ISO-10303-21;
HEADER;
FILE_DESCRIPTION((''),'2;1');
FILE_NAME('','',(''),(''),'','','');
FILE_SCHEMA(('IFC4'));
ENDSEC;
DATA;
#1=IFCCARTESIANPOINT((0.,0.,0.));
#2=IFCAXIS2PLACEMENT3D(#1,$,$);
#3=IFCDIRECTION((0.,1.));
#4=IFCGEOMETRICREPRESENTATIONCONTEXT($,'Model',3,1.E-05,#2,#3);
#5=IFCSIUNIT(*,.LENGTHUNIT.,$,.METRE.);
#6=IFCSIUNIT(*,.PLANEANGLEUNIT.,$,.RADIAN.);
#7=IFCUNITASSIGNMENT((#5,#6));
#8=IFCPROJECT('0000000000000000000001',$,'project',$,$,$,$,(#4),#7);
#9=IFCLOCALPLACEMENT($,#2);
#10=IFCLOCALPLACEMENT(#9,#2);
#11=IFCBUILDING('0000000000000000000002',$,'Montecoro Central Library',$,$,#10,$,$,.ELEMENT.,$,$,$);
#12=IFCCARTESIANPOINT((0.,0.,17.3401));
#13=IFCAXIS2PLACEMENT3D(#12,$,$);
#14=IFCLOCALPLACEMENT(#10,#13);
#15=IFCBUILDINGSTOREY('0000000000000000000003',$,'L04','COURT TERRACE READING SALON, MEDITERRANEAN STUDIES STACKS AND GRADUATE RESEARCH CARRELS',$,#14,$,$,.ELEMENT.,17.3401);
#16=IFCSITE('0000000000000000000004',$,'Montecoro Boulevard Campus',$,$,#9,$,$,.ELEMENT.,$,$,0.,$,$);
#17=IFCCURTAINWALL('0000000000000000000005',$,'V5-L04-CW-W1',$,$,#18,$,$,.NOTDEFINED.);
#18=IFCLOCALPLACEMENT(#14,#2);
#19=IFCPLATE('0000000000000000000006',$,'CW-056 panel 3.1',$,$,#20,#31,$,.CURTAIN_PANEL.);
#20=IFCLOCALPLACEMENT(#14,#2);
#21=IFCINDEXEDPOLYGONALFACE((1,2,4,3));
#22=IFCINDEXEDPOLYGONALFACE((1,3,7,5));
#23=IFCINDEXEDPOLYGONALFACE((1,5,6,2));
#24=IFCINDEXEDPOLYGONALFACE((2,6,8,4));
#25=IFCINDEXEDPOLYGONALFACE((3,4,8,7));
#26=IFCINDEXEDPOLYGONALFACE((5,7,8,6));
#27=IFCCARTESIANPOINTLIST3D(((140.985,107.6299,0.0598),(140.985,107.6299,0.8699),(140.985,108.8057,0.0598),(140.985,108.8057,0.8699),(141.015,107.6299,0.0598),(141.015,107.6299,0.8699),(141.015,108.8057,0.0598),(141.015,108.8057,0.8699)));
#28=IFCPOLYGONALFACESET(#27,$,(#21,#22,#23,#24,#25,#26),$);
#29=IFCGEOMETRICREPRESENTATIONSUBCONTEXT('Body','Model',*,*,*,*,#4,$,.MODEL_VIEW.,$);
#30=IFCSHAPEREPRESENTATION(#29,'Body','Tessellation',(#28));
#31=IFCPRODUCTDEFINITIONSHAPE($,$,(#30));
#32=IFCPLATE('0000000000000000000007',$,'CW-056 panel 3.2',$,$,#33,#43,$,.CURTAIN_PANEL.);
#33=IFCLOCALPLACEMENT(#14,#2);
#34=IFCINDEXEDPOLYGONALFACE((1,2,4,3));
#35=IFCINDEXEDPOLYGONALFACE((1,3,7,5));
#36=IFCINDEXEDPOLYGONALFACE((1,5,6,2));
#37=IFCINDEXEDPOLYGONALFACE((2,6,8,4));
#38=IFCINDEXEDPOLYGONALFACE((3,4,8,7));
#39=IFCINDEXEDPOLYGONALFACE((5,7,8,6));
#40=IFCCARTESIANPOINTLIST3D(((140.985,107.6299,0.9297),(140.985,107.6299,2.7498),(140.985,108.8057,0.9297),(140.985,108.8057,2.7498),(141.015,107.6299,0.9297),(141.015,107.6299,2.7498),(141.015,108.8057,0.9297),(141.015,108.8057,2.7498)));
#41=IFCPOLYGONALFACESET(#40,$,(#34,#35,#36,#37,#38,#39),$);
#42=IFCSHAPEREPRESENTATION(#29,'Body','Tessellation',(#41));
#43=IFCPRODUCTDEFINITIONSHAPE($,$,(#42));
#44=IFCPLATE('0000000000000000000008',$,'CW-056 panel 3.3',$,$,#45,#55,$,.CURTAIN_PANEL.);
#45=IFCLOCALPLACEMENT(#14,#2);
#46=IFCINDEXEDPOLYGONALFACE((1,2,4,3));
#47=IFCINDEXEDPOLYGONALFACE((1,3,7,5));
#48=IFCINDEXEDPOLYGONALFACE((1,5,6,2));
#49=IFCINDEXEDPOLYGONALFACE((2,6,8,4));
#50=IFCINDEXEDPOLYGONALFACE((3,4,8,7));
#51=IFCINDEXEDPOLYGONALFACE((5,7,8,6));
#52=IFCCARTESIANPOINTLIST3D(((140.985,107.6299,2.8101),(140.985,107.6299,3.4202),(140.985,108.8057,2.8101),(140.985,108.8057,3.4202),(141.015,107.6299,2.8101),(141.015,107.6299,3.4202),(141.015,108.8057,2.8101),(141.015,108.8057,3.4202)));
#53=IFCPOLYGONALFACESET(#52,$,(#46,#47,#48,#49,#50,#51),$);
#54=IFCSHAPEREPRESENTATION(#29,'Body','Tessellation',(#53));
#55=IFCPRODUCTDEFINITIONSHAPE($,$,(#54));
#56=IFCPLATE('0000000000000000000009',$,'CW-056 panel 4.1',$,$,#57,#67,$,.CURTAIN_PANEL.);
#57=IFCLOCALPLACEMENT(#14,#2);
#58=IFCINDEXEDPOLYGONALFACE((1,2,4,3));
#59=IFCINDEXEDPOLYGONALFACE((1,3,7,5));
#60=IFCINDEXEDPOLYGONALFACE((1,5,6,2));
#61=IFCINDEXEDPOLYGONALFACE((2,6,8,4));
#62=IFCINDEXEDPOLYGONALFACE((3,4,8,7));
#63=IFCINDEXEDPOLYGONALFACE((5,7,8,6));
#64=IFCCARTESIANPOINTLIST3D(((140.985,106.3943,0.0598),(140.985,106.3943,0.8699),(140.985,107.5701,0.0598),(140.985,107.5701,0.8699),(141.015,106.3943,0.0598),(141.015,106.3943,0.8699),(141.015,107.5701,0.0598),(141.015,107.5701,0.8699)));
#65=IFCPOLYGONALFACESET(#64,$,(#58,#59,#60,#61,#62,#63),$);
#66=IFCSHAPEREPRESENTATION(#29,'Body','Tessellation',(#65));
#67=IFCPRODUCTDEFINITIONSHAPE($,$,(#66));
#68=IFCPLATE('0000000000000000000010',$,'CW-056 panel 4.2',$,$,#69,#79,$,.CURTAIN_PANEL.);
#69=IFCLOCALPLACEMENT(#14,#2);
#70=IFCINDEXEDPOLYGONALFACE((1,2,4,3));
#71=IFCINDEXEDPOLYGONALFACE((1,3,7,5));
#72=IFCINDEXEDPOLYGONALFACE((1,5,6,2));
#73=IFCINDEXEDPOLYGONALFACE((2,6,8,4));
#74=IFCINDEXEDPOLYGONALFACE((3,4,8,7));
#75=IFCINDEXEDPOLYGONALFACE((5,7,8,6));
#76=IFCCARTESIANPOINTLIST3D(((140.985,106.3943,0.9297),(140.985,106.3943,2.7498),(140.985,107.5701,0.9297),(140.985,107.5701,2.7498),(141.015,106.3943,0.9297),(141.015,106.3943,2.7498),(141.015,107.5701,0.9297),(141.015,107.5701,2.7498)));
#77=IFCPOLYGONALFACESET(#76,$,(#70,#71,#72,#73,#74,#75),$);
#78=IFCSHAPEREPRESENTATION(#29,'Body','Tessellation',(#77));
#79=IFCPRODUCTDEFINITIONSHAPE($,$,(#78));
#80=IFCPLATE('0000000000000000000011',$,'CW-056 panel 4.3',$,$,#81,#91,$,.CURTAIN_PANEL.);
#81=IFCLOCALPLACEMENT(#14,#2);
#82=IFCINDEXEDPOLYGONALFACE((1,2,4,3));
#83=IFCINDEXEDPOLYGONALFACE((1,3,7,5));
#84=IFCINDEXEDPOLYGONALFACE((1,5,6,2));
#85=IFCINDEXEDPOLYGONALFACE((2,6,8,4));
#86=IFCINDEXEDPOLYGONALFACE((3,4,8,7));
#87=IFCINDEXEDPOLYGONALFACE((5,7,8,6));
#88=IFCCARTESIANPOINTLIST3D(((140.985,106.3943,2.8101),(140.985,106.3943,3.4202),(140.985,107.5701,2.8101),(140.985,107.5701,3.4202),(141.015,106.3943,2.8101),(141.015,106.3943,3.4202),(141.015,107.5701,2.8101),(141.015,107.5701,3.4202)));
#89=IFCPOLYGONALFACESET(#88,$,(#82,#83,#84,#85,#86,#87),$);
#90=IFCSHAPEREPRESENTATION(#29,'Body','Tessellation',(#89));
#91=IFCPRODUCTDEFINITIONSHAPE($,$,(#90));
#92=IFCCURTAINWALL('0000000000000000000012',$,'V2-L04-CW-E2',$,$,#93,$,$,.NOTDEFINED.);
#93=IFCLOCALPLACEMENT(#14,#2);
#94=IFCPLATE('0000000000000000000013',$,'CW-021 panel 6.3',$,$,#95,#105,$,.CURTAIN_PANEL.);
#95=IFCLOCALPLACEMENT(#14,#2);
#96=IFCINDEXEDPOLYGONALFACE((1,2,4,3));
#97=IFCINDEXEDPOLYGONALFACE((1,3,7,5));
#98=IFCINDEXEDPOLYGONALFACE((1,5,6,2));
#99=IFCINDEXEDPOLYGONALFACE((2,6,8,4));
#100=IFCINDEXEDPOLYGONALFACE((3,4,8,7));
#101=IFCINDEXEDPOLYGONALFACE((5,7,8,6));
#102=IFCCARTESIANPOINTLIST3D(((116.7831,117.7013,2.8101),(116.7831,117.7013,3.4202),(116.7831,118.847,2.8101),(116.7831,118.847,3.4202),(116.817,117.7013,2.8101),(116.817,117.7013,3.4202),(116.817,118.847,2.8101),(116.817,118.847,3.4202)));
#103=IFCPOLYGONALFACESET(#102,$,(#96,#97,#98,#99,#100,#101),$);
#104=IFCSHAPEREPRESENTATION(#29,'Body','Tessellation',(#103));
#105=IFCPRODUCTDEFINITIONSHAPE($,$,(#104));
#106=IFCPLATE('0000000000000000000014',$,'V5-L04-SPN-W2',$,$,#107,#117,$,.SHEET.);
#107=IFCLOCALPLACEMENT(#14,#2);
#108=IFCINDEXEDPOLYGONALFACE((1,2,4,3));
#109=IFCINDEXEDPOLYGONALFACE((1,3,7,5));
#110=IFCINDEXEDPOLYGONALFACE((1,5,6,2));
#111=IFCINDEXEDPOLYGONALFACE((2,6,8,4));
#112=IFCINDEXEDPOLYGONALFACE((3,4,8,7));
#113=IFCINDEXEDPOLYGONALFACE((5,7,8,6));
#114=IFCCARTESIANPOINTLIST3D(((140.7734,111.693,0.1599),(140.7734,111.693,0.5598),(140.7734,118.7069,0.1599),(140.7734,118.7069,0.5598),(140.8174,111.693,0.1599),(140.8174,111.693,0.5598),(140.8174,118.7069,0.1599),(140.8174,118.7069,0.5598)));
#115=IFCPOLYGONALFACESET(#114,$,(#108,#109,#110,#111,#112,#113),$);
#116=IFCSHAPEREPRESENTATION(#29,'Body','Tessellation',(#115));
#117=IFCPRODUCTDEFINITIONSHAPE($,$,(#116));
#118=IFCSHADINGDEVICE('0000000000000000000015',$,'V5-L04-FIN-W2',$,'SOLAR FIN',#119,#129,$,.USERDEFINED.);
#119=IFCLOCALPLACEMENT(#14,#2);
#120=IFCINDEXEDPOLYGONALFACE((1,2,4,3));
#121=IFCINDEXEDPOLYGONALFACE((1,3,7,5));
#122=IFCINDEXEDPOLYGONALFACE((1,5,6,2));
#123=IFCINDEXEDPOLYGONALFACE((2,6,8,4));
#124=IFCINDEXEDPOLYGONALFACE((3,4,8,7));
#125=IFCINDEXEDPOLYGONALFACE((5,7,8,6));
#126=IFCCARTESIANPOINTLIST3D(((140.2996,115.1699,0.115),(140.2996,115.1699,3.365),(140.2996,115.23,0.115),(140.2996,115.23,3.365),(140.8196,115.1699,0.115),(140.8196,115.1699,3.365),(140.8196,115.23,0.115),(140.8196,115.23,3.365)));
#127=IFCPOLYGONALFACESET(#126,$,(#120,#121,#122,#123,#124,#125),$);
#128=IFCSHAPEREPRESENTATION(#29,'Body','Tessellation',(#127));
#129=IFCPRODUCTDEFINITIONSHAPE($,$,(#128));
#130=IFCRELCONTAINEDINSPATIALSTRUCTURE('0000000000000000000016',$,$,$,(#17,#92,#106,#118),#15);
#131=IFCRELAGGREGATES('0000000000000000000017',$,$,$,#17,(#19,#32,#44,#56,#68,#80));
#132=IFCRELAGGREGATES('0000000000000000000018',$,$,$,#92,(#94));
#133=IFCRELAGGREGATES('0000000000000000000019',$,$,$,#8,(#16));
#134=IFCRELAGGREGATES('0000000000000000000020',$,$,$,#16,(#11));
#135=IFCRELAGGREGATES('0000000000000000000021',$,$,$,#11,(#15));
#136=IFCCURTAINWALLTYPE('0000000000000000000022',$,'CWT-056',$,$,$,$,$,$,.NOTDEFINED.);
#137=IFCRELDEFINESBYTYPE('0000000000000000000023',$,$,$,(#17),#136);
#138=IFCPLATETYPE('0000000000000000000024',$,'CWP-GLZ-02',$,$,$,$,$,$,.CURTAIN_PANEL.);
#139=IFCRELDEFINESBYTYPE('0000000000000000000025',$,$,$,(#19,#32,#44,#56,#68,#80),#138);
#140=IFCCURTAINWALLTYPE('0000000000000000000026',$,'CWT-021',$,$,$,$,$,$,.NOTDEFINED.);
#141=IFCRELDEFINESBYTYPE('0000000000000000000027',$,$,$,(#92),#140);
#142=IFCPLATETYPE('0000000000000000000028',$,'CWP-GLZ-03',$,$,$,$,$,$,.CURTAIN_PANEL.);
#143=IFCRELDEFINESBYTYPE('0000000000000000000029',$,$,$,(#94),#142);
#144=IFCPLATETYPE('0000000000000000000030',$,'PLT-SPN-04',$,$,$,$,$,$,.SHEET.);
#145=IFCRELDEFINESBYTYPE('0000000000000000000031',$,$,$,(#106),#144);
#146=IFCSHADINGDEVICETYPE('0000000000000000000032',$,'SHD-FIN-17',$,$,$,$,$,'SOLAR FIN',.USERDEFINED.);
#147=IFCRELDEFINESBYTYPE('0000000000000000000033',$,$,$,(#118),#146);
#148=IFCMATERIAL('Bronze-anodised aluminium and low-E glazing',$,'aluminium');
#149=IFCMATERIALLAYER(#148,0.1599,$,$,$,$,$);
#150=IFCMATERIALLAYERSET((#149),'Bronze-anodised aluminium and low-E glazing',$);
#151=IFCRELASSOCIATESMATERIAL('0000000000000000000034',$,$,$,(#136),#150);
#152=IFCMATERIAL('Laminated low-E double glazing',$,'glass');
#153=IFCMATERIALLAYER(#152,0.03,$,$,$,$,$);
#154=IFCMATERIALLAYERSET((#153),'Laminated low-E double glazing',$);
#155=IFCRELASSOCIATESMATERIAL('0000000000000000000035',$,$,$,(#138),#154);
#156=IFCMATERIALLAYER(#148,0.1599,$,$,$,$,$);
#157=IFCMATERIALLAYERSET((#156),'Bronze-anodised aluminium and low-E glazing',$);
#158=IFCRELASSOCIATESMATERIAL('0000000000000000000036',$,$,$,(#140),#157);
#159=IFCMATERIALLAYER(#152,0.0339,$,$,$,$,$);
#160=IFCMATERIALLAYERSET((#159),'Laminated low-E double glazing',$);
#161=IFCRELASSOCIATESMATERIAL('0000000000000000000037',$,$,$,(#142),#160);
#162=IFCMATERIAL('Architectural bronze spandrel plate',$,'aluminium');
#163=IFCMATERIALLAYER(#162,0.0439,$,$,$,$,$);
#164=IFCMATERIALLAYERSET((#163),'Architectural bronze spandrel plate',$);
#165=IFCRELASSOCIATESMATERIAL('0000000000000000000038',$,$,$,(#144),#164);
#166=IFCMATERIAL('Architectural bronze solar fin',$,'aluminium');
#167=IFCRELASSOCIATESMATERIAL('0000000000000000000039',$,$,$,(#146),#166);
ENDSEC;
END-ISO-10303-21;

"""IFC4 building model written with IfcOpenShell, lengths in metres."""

from ifc_helpers import new_model, si_unit, direction, frame, origin, origin_2d, place, context, subcontext, project, spatial, rectangle, extrude, material, layer, layer_set, type_object, element, aggregate, save


model = new_model("IFC4")

# Units and contexts
model_context = context("Model", 3, precision=1e-05, world=origin(), true_north=direction((0.0, 1.0)))
body_context = subcontext(model_context, "Body", "Model", "MODEL_VIEW")
ifc_project = project(units=[si_unit("LENGTHUNIT", "METRE"), si_unit("PLANEANGLEUNIT", "RADIAN")], contexts=[model_context])

# Site, building, storey
site_placement = place(None, origin())
site = spatial("IfcSite", under=ifc_project, at=site_placement, Name="Montecoro Boulevard Campus", CompositionType="ELEMENT", RefElevation=0.0)
building_placement = place(site_placement, origin())
building = spatial("IfcBuilding", under=site, at=building_placement, Name="Montecoro Central Library", CompositionType="ELEMENT")
storey_placement = place(building_placement, frame((0.0, 0.0, 17.3401)))
storey = spatial("IfcBuildingStorey", under=building, at=storey_placement, Name="L04", Description="COURT TERRACE READING SALON, MEDITERRANEAN STUDIES STACKS AND GRADUATE RESEARCH CARRELS", CompositionType="ELEMENT", Elevation=17.3401)

# Curtain wall, plates
ifc_material_1 = material(Name="Bronze-anodised aluminium and low-E glazing", Category="aluminium")
ifc_layer_1 = layer(ifc_material_1, 0.1599)
ifc_layer_set_1 = layer_set([ifc_layer_1], Name="Bronze-anodised aluminium and low-E glazing")
curtain_wall_type_1 = type_object("IfcCurtainWallType", Name="CWT-056", PredefinedType="NOTDEFINED", material=ifc_layer_set_1)
curtain_wall_1_placement = place(storey_placement, origin())
curtain_wall_1 = element("IfcCurtainWall", 1, at=curtain_wall_1_placement, inside=storey, type_object=curtain_wall_type_1, Name="V5-L04-CW-W1", PredefinedType="NOTDEFINED")
ifc_material_2 = material(Name="Laminated low-E double glazing", Category="glass")
ifc_layer_2 = layer(ifc_material_2, 0.03)
ifc_layer_set_2 = layer_set([ifc_layer_2], Name="Laminated low-E double glazing")
plate_type_1 = type_object("IfcPlateType", Name="CWP-GLZ-02", PredefinedType="CURTAIN_PANEL", material=ifc_layer_set_2)
plate_1_placement = place(storey_placement, frame((141.0, 108.2178, 0.0598), z_axis=(0.0, 0.0, 1.0), x_axis=(0.0, -1.0, 0.0)))
plate_1 = element("IfcPlate", 2, at=plate_1_placement, type_object=plate_type_1, Name="CW-056 panel 3.1", PredefinedType="CURTAIN_PANEL", context=body_context, shape_type="SweptSolid", body=[
    extrude(rectangle(XDim=1.1758, YDim=0.03, at=origin_2d()), origin(), (0.0, 0.0, 1.0), 0.8101),
])
plate_2_placement = place(storey_placement, frame((141.0, 108.2178, 0.9297), z_axis=(0.0, 0.0, 1.0), x_axis=(0.0, -1.0, 0.0)))
plate_2 = element("IfcPlate", 3, at=plate_2_placement, type_object=plate_type_1, Name="CW-056 panel 3.2", PredefinedType="CURTAIN_PANEL", context=body_context, shape_type="SweptSolid", body=[
    extrude(rectangle(XDim=1.1758, YDim=0.03, at=origin_2d()), origin(), (0.0, 0.0, 1.0), 1.8201),
])
plate_3_placement = place(storey_placement, frame((141.0, 108.2178, 2.8101), z_axis=(0.0, 0.0, 1.0), x_axis=(0.0, -1.0, 0.0)))
plate_3 = element("IfcPlate", 4, at=plate_3_placement, type_object=plate_type_1, Name="CW-056 panel 3.3", PredefinedType="CURTAIN_PANEL", context=body_context, shape_type="SweptSolid", body=[
    extrude(rectangle(XDim=1.1758, YDim=0.03, at=origin_2d()), origin(), (0.0, 0.0, 1.0), 0.6101),
])
plate_4_placement = place(storey_placement, frame((141.0, 106.9822, 0.0598), z_axis=(0.0, 0.0, 1.0), x_axis=(0.0, -1.0, 0.0)))
plate_4 = element("IfcPlate", 5, at=plate_4_placement, type_object=plate_type_1, Name="CW-056 panel 4.1", PredefinedType="CURTAIN_PANEL", context=body_context, shape_type="SweptSolid", body=[
    extrude(rectangle(XDim=1.1758, YDim=0.03, at=origin_2d()), origin(), (0.0, 0.0, 1.0), 0.8101),
])
plate_5_placement = place(storey_placement, frame((141.0, 106.9822, 0.9297), z_axis=(0.0, 0.0, 1.0), x_axis=(0.0, -1.0, 0.0)))
plate_5 = element("IfcPlate", 6, at=plate_5_placement, type_object=plate_type_1, Name="CW-056 panel 4.2", PredefinedType="CURTAIN_PANEL", context=body_context, shape_type="SweptSolid", body=[
    extrude(rectangle(XDim=1.1758, YDim=0.03, at=origin_2d()), origin(), (0.0, 0.0, 1.0), 1.8201),
])
plate_6_placement = place(storey_placement, frame((141.0, 106.9822, 2.8101), z_axis=(0.0, 0.0, 1.0), x_axis=(0.0, -1.0, 0.0)))
plate_6 = element("IfcPlate", 7, at=plate_6_placement, type_object=plate_type_1, Name="CW-056 panel 4.3", PredefinedType="CURTAIN_PANEL", context=body_context, shape_type="SweptSolid", body=[
    extrude(rectangle(XDim=1.1758, YDim=0.03, at=origin_2d()), origin(), (0.0, 0.0, 1.0), 0.6101),
])
aggregate(curtain_wall_1, [plate_1, plate_2, plate_3, plate_4, plate_5, plate_6])

# Curtain wall, plate
ifc_layer_3 = layer(ifc_material_1, 0.1599)
ifc_layer_set_3 = layer_set([ifc_layer_3], Name="Bronze-anodised aluminium and low-E glazing")
curtain_wall_type_2 = type_object("IfcCurtainWallType", Name="CWT-021", PredefinedType="NOTDEFINED", material=ifc_layer_set_3)
curtain_wall_2_placement = place(storey_placement, origin())
curtain_wall_2 = element("IfcCurtainWall", 8, at=curtain_wall_2_placement, inside=storey, type_object=curtain_wall_type_2, Name="V2-L04-CW-E2", PredefinedType="NOTDEFINED")
ifc_layer_4 = layer(ifc_material_2, 0.0339)
ifc_layer_set_4 = layer_set([ifc_layer_4], Name="Laminated low-E double glazing")
plate_type_2 = type_object("IfcPlateType", Name="CWP-GLZ-03", PredefinedType="CURTAIN_PANEL", material=ifc_layer_set_4)
plate_7_placement = place(storey_placement, frame((116.8, 118.2742, 2.8101), z_axis=(0.0, 0.0, 1.0), x_axis=(0.0, 1.0, 0.0)))
plate_7 = element("IfcPlate", 9, at=plate_7_placement, type_object=plate_type_2, Name="CW-021 panel 6.3", PredefinedType="CURTAIN_PANEL", context=body_context, shape_type="SweptSolid", body=[
    extrude(rectangle(XDim=1.1458, YDim=0.0339, at=origin_2d()), origin(), (0.0, 0.0, 1.0), 0.6101),
])
aggregate(curtain_wall_2, [plate_7])

# Plate
ifc_material_3 = material(Name="Architectural bronze spandrel plate", Category="aluminium")
ifc_layer_5 = layer(ifc_material_3, 0.0439)
ifc_layer_set_5 = layer_set([ifc_layer_5], Name="Architectural bronze spandrel plate")
plate_type_3 = type_object("IfcPlateType", Name="PLT-SPN-04", PredefinedType="SHEET", material=ifc_layer_set_5)
plate_8_placement = place(storey_placement, frame((140.7954, 115.2, 0.1599), z_axis=(0.0, 0.0, 1.0), x_axis=(0.0, -1.0, 0.0)))
element("IfcPlate", 10, at=plate_8_placement, inside=storey, type_object=plate_type_3, Name="V5-L04-SPN-W2", PredefinedType="SHEET", context=body_context, shape_type="SweptSolid", body=[
    extrude(rectangle(XDim=7.0139, YDim=0.0439, at=origin_2d()), origin(), (0.0, 0.0, 1.0), 0.3999),
])

# Shading device
ifc_material_4 = material(Name="Architectural bronze solar fin", Category="aluminium")
shading_device_type = type_object("IfcShadingDeviceType", Name="SHD-FIN-17", ElementType="SOLAR FIN", PredefinedType="USERDEFINED", material=ifc_material_4)
shading_device_placement = place(storey_placement, frame((140.5596, 115.2, 0.115), z_axis=(0.0, 0.0, 1.0), x_axis=(0.0, -1.0, 0.0)))
element("IfcShadingDevice", 11, at=shading_device_placement, inside=storey, type_object=shading_device_type, Name="V5-L04-FIN-W2", ObjectType="SOLAR FIN", PredefinedType="USERDEFINED", context=body_context, shape_type="SweptSolid", body=[
    extrude(rectangle(XDim=0.0601, YDim=0.52, at=origin_2d()), origin(), (0.0, 0.0, 1.0), 3.25),
])

save(model, "model.ifc")
